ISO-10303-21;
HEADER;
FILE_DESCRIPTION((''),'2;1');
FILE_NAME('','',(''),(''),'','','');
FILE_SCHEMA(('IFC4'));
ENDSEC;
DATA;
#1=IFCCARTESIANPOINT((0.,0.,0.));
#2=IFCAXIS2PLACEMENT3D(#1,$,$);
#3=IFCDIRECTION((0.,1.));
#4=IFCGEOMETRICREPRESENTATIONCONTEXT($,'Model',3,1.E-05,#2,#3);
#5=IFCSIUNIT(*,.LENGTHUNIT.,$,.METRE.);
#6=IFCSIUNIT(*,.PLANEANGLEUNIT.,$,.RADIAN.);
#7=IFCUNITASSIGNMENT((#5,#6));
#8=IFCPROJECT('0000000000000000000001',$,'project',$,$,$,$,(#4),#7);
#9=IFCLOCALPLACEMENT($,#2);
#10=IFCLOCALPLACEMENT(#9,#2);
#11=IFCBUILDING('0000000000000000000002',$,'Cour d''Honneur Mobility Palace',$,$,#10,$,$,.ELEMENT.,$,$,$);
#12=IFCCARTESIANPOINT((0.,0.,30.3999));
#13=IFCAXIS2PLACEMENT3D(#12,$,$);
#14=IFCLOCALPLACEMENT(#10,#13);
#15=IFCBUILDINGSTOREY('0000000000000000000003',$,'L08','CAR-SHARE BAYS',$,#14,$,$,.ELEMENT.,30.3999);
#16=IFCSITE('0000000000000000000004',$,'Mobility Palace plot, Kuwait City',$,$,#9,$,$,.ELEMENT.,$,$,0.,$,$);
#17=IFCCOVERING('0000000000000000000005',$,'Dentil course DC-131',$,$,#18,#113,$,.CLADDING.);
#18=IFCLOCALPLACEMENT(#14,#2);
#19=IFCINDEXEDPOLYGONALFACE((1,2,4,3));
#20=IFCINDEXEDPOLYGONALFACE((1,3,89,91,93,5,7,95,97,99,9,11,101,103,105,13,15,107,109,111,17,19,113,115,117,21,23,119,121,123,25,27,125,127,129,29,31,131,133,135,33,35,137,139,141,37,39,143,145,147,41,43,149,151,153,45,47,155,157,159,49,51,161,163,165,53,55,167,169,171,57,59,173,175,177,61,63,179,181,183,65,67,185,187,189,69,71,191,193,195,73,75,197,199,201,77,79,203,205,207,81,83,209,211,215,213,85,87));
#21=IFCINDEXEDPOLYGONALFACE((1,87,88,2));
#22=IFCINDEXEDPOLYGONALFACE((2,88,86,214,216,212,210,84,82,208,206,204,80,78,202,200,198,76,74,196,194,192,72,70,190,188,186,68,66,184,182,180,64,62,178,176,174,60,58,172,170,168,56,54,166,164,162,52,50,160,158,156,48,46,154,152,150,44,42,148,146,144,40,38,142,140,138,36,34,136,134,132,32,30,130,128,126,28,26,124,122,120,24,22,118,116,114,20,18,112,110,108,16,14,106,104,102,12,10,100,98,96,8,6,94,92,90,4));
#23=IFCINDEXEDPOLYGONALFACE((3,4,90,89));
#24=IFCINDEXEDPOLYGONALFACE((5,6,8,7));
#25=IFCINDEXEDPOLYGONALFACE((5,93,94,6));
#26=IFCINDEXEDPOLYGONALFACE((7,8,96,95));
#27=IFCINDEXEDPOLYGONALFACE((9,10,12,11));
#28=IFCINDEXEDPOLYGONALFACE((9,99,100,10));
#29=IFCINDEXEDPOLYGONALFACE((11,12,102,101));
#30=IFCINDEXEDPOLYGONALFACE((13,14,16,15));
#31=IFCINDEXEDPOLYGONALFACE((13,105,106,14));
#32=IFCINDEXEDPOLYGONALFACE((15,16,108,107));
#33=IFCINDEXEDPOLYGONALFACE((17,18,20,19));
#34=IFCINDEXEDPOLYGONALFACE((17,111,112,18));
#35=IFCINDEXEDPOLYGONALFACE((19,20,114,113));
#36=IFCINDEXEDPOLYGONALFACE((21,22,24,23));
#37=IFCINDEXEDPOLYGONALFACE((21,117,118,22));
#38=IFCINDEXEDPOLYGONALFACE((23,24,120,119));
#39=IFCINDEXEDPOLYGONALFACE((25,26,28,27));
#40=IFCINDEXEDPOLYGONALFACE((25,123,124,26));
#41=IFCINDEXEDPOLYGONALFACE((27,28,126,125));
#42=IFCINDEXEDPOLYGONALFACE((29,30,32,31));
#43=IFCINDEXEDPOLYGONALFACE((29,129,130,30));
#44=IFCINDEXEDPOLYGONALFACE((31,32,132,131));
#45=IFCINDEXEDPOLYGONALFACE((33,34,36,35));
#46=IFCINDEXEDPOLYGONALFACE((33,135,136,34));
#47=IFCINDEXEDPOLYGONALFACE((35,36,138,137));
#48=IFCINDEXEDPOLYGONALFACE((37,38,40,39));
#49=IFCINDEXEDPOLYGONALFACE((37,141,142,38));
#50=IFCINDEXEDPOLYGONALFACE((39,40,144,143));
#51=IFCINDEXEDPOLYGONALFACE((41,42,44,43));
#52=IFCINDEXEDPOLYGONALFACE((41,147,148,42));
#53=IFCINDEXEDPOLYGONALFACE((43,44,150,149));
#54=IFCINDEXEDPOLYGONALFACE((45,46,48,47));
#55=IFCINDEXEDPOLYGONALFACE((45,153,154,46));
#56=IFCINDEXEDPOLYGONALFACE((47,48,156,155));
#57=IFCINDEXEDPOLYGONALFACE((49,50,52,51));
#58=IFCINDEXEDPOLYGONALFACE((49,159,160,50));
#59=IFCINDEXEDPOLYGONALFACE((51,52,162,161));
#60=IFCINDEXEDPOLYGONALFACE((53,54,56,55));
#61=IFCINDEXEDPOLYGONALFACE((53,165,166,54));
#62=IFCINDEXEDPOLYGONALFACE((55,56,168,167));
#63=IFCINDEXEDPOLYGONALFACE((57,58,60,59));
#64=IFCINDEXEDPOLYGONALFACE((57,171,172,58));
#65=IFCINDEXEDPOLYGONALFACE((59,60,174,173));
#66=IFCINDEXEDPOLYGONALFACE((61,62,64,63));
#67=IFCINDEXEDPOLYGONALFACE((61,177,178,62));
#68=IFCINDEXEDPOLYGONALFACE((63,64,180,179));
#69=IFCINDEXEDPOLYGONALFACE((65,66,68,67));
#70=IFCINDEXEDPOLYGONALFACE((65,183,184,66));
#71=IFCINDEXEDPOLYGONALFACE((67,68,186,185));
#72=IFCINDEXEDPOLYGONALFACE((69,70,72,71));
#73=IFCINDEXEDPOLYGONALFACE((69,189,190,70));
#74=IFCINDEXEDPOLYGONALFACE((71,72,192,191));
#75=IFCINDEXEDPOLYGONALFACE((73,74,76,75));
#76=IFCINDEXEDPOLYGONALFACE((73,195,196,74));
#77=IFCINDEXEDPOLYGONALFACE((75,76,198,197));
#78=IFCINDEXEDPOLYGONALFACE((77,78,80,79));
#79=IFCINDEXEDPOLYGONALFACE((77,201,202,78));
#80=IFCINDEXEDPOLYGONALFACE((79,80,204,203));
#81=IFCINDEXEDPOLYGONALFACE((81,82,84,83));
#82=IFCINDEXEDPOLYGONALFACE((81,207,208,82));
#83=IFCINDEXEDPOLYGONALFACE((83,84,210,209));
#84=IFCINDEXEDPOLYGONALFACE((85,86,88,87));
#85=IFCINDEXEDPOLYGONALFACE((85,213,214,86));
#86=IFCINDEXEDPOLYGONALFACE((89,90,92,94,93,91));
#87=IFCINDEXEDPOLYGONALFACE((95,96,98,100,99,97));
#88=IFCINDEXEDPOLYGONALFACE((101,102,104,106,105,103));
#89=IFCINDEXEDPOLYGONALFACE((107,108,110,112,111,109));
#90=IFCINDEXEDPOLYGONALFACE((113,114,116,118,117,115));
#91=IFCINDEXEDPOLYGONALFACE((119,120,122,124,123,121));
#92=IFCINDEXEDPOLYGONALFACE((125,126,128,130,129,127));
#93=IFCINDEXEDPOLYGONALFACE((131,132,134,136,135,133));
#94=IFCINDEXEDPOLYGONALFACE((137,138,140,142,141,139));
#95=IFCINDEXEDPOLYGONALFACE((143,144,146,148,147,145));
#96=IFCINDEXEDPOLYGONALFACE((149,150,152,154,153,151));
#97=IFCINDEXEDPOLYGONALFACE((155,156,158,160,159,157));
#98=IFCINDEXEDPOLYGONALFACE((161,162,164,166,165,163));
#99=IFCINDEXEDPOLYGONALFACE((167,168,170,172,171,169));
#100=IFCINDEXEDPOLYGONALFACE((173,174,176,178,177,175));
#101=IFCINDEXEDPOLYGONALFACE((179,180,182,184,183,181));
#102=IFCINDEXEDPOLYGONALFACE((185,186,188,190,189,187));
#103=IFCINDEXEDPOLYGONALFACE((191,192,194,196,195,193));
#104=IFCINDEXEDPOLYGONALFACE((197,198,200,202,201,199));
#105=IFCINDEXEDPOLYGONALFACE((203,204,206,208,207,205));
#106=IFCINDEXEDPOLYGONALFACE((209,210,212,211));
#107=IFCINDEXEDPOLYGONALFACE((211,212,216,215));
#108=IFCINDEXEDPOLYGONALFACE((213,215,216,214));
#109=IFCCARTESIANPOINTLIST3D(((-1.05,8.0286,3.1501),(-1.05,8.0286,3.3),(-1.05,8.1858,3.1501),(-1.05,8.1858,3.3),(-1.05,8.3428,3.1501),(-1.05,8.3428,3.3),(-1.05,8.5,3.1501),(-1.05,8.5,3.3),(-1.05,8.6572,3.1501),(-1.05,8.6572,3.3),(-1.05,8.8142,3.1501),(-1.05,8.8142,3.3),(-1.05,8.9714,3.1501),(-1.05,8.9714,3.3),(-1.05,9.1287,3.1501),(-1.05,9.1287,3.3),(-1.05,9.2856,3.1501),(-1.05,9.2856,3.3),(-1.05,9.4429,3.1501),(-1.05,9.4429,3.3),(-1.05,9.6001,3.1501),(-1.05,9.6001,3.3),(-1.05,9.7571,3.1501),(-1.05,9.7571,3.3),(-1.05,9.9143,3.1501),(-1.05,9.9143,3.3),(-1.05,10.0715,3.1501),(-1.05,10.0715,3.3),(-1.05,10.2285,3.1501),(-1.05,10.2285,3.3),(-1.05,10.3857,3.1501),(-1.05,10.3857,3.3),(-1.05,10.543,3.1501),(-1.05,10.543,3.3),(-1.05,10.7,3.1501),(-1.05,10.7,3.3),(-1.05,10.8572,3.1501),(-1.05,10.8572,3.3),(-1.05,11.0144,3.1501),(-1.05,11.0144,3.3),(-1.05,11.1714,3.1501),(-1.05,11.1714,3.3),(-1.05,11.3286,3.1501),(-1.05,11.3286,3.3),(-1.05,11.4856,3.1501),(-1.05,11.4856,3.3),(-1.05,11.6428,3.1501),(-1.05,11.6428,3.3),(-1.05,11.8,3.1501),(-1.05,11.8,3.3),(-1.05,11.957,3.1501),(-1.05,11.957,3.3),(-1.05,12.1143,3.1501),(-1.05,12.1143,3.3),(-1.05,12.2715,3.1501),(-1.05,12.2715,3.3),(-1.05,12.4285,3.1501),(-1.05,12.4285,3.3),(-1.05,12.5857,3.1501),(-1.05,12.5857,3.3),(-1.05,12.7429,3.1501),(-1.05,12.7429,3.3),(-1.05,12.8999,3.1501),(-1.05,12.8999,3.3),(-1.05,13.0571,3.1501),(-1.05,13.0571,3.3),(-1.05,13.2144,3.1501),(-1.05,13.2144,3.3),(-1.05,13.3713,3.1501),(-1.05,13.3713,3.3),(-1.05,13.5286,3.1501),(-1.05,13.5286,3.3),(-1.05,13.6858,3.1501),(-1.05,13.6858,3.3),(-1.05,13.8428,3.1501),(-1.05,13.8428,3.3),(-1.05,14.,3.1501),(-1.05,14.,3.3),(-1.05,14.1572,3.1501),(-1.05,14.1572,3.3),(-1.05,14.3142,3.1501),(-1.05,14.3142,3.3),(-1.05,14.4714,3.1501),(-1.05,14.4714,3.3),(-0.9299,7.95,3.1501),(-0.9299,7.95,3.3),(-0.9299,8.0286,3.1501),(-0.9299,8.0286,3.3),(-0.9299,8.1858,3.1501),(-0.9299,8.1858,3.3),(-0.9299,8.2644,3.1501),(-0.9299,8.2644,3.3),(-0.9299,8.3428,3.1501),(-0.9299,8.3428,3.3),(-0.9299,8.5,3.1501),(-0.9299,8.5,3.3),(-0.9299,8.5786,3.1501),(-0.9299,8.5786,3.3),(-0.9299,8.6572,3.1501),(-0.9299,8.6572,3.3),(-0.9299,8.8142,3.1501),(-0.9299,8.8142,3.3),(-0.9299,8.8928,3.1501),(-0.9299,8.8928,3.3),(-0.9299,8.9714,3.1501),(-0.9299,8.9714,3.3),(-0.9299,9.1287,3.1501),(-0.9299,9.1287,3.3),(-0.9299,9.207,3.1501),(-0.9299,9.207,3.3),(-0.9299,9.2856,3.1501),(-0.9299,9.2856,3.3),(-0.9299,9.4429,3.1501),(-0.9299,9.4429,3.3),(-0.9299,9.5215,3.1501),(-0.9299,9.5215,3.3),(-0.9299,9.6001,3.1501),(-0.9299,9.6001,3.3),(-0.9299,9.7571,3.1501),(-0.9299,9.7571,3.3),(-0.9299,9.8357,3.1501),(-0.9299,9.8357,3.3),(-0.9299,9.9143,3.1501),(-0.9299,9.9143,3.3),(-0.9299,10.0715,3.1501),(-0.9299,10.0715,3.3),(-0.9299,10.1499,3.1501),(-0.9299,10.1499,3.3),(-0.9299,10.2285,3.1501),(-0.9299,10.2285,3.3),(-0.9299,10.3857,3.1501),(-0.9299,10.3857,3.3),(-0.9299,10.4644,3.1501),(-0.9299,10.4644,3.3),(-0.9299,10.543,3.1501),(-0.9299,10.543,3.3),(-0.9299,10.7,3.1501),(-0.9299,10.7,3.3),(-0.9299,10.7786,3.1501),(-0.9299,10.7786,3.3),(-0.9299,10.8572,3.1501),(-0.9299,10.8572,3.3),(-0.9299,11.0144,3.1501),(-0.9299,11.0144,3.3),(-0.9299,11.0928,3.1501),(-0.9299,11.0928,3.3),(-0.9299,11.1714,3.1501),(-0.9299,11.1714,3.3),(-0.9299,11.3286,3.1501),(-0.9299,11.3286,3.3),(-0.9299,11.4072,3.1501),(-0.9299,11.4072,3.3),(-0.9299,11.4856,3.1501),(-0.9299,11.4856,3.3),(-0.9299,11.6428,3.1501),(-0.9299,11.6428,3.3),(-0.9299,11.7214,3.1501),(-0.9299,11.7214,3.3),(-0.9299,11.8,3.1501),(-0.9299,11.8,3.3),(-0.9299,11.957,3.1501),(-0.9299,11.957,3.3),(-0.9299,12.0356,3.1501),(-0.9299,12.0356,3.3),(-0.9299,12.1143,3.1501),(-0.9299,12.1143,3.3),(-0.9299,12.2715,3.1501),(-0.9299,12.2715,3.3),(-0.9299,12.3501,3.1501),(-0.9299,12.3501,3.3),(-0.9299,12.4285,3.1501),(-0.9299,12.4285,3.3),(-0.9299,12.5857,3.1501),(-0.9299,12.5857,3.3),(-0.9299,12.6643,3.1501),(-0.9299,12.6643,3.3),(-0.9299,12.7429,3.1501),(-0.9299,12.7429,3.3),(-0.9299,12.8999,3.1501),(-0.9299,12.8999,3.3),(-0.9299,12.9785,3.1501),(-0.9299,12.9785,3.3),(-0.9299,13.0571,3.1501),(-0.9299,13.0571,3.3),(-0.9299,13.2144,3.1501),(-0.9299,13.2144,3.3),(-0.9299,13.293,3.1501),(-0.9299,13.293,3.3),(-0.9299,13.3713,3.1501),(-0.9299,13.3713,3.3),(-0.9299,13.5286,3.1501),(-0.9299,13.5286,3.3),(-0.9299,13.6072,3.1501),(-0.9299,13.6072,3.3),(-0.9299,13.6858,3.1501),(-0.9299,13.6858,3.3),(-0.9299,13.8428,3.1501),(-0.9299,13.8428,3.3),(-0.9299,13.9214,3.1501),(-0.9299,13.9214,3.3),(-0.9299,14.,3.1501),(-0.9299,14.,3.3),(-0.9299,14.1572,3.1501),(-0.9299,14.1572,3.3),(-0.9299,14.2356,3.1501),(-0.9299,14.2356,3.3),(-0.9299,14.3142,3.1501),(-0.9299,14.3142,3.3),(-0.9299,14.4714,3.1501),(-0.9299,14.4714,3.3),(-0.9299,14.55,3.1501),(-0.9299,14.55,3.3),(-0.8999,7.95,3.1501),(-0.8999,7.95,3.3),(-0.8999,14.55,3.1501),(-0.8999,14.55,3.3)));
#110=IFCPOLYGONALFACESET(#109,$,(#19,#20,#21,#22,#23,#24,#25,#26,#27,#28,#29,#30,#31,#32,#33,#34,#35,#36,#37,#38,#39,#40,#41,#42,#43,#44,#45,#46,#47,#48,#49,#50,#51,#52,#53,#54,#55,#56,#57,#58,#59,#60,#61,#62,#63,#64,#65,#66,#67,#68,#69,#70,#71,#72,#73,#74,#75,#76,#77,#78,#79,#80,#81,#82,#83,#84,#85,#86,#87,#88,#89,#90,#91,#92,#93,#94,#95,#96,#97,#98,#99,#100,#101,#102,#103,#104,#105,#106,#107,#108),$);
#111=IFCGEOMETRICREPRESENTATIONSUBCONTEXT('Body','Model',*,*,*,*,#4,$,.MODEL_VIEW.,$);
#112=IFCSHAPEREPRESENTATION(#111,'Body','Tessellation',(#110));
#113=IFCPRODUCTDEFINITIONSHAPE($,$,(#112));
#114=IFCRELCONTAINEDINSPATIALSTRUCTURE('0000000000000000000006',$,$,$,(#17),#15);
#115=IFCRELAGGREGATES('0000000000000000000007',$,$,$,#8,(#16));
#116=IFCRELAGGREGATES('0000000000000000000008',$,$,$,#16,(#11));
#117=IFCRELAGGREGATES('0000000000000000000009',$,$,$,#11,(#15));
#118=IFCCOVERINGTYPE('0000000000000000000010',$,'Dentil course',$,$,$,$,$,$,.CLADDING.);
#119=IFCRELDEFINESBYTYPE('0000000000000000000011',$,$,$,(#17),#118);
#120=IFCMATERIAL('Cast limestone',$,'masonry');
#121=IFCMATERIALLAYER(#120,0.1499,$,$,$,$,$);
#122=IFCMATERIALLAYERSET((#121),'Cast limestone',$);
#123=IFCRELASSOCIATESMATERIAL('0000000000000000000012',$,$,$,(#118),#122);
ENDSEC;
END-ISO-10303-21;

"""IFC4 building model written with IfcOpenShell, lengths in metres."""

from ifc_helpers import new_model, si_unit, direction, frame, origin, place, context, subcontext, project, spatial, polyline, outline, extrude, material, layer, layer_set, type_object, element, save


model = new_model("IFC4")

# Units and contexts
model_context = context("Model", 3, precision=1e-05, world=origin(), true_north=direction((0.0, 1.0)))
body_context = subcontext(model_context, "Body", "Model", "MODEL_VIEW")
ifc_project = project(units=[si_unit("LENGTHUNIT", "METRE"), si_unit("PLANEANGLEUNIT", "RADIAN")], contexts=[model_context])

# Site, building, storey
site_placement = place(None, origin())
site = spatial("IfcSite", under=ifc_project, at=site_placement, Name="Mobility Palace plot, Kuwait City", CompositionType="ELEMENT", RefElevation=0.0)
building_placement = place(site_placement, origin())
building = spatial("IfcBuilding", under=site, at=building_placement, Name="Cour d'Honneur Mobility Palace", CompositionType="ELEMENT")
storey_placement = place(building_placement, frame((0.0, 0.0, 30.3999)))
storey = spatial("IfcBuildingStorey", under=building, at=storey_placement, Name="L08", Description="CAR-SHARE BAYS", CompositionType="ELEMENT", Elevation=30.3999)

# Covering
ifc_material_1 = material(Name="Cast limestone", Category="masonry")
ifc_layer_1 = layer(ifc_material_1, 0.1499)
ifc_layer_set_1 = layer_set([ifc_layer_1], Name="Cast limestone")
covering_type_1 = type_object("IfcCoveringType", Name="Dentil course", PredefinedType="CLADDING", material=ifc_layer_set_1)
covering_1_placement = place(storey_placement, frame((0.0, 0.0, 3.1501)))
element("IfcCovering", 1, at=covering_1_placement, inside=storey, type_object=covering_type_1, Name="Dentil course DC-131", PredefinedType="CLADDING", context=body_context, shape_type="SweptSolid", body=[
    extrude(outline(polyline([(-0.8999, 14.55), (-0.8999, 7.95), (-0.9299, 7.95), (-0.9299, 7.95), (-0.9299, 8.0286), (-1.05, 8.0286), (-1.05, 8.1858), (-0.9299, 8.1858), (-0.9299, 8.2644), (-0.9299, 8.2644), (-0.9299, 8.3428), (-1.05, 8.3428), (-1.05, 8.5), (-0.9299, 8.5), (-0.9299, 8.5786), (-0.9299, 8.5786), (-0.9299, 8.6572), (-1.05, 8.6572), (-1.05, 8.8142), (-0.9299, 8.8142), (-0.9299, 8.8928), (-0.9299, 8.8928), (-0.9299, 8.9714), (-1.05, 8.9714), (-1.05, 9.1287), (-0.9299, 9.1287), (-0.9299, 9.207), (-0.9299, 9.207), (-0.9299, 9.2856), (-1.05, 9.2856), (-1.05, 9.4429), (-0.9299, 9.4429), (-0.9299, 9.5215), (-0.9299, 9.5215), (-0.9299, 9.6001), (-1.05, 9.6001), (-1.05, 9.7571), (-0.9299, 9.7571), (-0.9299, 9.8357), (-0.9299, 9.8357), (-0.9299, 9.9143), (-1.05, 9.9143), (-1.05, 10.0715), (-0.9299, 10.0715), (-0.9299, 10.1499), (-0.9299, 10.1499), (-0.9299, 10.2285), (-1.05, 10.2285), (-1.05, 10.3857), (-0.9299, 10.3857), (-0.9299, 10.4644), (-0.9299, 10.4644), (-0.9299, 10.543), (-1.05, 10.543), (-1.05, 10.7), (-0.9299, 10.7), (-0.9299, 10.7786), (-0.9299, 10.7786), (-0.9299, 10.8572), (-1.05, 10.8572), (-1.05, 11.0144), (-0.9299, 11.0144), (-0.9299, 11.0928), (-0.9299, 11.0928), (-0.9299, 11.1714), (-1.05, 11.1714), (-1.05, 11.3286), (-0.9299, 11.3286), (-0.9299, 11.4072), (-0.9299, 11.4072), (-0.9299, 11.4856), (-1.05, 11.4856), (-1.05, 11.6428), (-0.9299, 11.6428), (-0.9299, 11.7214), (-0.9299, 11.7214), (-0.9299, 11.8), (-1.05, 11.8), (-1.05, 11.957), (-0.9299, 11.957), (-0.9299, 12.0356), (-0.9299, 12.0356), (-0.9299, 12.1143), (-1.05, 12.1143), (-1.05, 12.2715), (-0.9299, 12.2715), (-0.9299, 12.3501), (-0.9299, 12.3501), (-0.9299, 12.4285), (-1.05, 12.4285), (-1.05, 12.5857), (-0.9299, 12.5857), (-0.9299, 12.6643), (-0.9299, 12.6643), (-0.9299, 12.7429), (-1.05, 12.7429), (-1.05, 12.8999), (-0.9299, 12.8999), (-0.9299, 12.9785), (-0.9299, 12.9785), (-0.9299, 13.0571), (-1.05, 13.0571), (-1.05, 13.2144), (-0.9299, 13.2144), (-0.9299, 13.293), (-0.9299, 13.293), (-0.9299, 13.3713), (-1.05, 13.3713), (-1.05, 13.5286), (-0.9299, 13.5286), (-0.9299, 13.6072), (-0.9299, 13.6072), (-0.9299, 13.6858), (-1.05, 13.6858), (-1.05, 13.8428), (-0.9299, 13.8428), (-0.9299, 13.9214), (-0.9299, 13.9214), (-0.9299, 14.0), (-1.05, 14.0), (-1.05, 14.1572), (-0.9299, 14.1572), (-0.9299, 14.2356), (-0.9299, 14.2356), (-0.9299, 14.3142), (-1.05, 14.3142), (-1.05, 14.4714), (-0.9299, 14.4714), (-0.9299, 14.55), (-0.8999, 14.55)])), origin(), (0.0, 0.0, 1.0), 0.1499),
])

save(model, "model.ifc")
